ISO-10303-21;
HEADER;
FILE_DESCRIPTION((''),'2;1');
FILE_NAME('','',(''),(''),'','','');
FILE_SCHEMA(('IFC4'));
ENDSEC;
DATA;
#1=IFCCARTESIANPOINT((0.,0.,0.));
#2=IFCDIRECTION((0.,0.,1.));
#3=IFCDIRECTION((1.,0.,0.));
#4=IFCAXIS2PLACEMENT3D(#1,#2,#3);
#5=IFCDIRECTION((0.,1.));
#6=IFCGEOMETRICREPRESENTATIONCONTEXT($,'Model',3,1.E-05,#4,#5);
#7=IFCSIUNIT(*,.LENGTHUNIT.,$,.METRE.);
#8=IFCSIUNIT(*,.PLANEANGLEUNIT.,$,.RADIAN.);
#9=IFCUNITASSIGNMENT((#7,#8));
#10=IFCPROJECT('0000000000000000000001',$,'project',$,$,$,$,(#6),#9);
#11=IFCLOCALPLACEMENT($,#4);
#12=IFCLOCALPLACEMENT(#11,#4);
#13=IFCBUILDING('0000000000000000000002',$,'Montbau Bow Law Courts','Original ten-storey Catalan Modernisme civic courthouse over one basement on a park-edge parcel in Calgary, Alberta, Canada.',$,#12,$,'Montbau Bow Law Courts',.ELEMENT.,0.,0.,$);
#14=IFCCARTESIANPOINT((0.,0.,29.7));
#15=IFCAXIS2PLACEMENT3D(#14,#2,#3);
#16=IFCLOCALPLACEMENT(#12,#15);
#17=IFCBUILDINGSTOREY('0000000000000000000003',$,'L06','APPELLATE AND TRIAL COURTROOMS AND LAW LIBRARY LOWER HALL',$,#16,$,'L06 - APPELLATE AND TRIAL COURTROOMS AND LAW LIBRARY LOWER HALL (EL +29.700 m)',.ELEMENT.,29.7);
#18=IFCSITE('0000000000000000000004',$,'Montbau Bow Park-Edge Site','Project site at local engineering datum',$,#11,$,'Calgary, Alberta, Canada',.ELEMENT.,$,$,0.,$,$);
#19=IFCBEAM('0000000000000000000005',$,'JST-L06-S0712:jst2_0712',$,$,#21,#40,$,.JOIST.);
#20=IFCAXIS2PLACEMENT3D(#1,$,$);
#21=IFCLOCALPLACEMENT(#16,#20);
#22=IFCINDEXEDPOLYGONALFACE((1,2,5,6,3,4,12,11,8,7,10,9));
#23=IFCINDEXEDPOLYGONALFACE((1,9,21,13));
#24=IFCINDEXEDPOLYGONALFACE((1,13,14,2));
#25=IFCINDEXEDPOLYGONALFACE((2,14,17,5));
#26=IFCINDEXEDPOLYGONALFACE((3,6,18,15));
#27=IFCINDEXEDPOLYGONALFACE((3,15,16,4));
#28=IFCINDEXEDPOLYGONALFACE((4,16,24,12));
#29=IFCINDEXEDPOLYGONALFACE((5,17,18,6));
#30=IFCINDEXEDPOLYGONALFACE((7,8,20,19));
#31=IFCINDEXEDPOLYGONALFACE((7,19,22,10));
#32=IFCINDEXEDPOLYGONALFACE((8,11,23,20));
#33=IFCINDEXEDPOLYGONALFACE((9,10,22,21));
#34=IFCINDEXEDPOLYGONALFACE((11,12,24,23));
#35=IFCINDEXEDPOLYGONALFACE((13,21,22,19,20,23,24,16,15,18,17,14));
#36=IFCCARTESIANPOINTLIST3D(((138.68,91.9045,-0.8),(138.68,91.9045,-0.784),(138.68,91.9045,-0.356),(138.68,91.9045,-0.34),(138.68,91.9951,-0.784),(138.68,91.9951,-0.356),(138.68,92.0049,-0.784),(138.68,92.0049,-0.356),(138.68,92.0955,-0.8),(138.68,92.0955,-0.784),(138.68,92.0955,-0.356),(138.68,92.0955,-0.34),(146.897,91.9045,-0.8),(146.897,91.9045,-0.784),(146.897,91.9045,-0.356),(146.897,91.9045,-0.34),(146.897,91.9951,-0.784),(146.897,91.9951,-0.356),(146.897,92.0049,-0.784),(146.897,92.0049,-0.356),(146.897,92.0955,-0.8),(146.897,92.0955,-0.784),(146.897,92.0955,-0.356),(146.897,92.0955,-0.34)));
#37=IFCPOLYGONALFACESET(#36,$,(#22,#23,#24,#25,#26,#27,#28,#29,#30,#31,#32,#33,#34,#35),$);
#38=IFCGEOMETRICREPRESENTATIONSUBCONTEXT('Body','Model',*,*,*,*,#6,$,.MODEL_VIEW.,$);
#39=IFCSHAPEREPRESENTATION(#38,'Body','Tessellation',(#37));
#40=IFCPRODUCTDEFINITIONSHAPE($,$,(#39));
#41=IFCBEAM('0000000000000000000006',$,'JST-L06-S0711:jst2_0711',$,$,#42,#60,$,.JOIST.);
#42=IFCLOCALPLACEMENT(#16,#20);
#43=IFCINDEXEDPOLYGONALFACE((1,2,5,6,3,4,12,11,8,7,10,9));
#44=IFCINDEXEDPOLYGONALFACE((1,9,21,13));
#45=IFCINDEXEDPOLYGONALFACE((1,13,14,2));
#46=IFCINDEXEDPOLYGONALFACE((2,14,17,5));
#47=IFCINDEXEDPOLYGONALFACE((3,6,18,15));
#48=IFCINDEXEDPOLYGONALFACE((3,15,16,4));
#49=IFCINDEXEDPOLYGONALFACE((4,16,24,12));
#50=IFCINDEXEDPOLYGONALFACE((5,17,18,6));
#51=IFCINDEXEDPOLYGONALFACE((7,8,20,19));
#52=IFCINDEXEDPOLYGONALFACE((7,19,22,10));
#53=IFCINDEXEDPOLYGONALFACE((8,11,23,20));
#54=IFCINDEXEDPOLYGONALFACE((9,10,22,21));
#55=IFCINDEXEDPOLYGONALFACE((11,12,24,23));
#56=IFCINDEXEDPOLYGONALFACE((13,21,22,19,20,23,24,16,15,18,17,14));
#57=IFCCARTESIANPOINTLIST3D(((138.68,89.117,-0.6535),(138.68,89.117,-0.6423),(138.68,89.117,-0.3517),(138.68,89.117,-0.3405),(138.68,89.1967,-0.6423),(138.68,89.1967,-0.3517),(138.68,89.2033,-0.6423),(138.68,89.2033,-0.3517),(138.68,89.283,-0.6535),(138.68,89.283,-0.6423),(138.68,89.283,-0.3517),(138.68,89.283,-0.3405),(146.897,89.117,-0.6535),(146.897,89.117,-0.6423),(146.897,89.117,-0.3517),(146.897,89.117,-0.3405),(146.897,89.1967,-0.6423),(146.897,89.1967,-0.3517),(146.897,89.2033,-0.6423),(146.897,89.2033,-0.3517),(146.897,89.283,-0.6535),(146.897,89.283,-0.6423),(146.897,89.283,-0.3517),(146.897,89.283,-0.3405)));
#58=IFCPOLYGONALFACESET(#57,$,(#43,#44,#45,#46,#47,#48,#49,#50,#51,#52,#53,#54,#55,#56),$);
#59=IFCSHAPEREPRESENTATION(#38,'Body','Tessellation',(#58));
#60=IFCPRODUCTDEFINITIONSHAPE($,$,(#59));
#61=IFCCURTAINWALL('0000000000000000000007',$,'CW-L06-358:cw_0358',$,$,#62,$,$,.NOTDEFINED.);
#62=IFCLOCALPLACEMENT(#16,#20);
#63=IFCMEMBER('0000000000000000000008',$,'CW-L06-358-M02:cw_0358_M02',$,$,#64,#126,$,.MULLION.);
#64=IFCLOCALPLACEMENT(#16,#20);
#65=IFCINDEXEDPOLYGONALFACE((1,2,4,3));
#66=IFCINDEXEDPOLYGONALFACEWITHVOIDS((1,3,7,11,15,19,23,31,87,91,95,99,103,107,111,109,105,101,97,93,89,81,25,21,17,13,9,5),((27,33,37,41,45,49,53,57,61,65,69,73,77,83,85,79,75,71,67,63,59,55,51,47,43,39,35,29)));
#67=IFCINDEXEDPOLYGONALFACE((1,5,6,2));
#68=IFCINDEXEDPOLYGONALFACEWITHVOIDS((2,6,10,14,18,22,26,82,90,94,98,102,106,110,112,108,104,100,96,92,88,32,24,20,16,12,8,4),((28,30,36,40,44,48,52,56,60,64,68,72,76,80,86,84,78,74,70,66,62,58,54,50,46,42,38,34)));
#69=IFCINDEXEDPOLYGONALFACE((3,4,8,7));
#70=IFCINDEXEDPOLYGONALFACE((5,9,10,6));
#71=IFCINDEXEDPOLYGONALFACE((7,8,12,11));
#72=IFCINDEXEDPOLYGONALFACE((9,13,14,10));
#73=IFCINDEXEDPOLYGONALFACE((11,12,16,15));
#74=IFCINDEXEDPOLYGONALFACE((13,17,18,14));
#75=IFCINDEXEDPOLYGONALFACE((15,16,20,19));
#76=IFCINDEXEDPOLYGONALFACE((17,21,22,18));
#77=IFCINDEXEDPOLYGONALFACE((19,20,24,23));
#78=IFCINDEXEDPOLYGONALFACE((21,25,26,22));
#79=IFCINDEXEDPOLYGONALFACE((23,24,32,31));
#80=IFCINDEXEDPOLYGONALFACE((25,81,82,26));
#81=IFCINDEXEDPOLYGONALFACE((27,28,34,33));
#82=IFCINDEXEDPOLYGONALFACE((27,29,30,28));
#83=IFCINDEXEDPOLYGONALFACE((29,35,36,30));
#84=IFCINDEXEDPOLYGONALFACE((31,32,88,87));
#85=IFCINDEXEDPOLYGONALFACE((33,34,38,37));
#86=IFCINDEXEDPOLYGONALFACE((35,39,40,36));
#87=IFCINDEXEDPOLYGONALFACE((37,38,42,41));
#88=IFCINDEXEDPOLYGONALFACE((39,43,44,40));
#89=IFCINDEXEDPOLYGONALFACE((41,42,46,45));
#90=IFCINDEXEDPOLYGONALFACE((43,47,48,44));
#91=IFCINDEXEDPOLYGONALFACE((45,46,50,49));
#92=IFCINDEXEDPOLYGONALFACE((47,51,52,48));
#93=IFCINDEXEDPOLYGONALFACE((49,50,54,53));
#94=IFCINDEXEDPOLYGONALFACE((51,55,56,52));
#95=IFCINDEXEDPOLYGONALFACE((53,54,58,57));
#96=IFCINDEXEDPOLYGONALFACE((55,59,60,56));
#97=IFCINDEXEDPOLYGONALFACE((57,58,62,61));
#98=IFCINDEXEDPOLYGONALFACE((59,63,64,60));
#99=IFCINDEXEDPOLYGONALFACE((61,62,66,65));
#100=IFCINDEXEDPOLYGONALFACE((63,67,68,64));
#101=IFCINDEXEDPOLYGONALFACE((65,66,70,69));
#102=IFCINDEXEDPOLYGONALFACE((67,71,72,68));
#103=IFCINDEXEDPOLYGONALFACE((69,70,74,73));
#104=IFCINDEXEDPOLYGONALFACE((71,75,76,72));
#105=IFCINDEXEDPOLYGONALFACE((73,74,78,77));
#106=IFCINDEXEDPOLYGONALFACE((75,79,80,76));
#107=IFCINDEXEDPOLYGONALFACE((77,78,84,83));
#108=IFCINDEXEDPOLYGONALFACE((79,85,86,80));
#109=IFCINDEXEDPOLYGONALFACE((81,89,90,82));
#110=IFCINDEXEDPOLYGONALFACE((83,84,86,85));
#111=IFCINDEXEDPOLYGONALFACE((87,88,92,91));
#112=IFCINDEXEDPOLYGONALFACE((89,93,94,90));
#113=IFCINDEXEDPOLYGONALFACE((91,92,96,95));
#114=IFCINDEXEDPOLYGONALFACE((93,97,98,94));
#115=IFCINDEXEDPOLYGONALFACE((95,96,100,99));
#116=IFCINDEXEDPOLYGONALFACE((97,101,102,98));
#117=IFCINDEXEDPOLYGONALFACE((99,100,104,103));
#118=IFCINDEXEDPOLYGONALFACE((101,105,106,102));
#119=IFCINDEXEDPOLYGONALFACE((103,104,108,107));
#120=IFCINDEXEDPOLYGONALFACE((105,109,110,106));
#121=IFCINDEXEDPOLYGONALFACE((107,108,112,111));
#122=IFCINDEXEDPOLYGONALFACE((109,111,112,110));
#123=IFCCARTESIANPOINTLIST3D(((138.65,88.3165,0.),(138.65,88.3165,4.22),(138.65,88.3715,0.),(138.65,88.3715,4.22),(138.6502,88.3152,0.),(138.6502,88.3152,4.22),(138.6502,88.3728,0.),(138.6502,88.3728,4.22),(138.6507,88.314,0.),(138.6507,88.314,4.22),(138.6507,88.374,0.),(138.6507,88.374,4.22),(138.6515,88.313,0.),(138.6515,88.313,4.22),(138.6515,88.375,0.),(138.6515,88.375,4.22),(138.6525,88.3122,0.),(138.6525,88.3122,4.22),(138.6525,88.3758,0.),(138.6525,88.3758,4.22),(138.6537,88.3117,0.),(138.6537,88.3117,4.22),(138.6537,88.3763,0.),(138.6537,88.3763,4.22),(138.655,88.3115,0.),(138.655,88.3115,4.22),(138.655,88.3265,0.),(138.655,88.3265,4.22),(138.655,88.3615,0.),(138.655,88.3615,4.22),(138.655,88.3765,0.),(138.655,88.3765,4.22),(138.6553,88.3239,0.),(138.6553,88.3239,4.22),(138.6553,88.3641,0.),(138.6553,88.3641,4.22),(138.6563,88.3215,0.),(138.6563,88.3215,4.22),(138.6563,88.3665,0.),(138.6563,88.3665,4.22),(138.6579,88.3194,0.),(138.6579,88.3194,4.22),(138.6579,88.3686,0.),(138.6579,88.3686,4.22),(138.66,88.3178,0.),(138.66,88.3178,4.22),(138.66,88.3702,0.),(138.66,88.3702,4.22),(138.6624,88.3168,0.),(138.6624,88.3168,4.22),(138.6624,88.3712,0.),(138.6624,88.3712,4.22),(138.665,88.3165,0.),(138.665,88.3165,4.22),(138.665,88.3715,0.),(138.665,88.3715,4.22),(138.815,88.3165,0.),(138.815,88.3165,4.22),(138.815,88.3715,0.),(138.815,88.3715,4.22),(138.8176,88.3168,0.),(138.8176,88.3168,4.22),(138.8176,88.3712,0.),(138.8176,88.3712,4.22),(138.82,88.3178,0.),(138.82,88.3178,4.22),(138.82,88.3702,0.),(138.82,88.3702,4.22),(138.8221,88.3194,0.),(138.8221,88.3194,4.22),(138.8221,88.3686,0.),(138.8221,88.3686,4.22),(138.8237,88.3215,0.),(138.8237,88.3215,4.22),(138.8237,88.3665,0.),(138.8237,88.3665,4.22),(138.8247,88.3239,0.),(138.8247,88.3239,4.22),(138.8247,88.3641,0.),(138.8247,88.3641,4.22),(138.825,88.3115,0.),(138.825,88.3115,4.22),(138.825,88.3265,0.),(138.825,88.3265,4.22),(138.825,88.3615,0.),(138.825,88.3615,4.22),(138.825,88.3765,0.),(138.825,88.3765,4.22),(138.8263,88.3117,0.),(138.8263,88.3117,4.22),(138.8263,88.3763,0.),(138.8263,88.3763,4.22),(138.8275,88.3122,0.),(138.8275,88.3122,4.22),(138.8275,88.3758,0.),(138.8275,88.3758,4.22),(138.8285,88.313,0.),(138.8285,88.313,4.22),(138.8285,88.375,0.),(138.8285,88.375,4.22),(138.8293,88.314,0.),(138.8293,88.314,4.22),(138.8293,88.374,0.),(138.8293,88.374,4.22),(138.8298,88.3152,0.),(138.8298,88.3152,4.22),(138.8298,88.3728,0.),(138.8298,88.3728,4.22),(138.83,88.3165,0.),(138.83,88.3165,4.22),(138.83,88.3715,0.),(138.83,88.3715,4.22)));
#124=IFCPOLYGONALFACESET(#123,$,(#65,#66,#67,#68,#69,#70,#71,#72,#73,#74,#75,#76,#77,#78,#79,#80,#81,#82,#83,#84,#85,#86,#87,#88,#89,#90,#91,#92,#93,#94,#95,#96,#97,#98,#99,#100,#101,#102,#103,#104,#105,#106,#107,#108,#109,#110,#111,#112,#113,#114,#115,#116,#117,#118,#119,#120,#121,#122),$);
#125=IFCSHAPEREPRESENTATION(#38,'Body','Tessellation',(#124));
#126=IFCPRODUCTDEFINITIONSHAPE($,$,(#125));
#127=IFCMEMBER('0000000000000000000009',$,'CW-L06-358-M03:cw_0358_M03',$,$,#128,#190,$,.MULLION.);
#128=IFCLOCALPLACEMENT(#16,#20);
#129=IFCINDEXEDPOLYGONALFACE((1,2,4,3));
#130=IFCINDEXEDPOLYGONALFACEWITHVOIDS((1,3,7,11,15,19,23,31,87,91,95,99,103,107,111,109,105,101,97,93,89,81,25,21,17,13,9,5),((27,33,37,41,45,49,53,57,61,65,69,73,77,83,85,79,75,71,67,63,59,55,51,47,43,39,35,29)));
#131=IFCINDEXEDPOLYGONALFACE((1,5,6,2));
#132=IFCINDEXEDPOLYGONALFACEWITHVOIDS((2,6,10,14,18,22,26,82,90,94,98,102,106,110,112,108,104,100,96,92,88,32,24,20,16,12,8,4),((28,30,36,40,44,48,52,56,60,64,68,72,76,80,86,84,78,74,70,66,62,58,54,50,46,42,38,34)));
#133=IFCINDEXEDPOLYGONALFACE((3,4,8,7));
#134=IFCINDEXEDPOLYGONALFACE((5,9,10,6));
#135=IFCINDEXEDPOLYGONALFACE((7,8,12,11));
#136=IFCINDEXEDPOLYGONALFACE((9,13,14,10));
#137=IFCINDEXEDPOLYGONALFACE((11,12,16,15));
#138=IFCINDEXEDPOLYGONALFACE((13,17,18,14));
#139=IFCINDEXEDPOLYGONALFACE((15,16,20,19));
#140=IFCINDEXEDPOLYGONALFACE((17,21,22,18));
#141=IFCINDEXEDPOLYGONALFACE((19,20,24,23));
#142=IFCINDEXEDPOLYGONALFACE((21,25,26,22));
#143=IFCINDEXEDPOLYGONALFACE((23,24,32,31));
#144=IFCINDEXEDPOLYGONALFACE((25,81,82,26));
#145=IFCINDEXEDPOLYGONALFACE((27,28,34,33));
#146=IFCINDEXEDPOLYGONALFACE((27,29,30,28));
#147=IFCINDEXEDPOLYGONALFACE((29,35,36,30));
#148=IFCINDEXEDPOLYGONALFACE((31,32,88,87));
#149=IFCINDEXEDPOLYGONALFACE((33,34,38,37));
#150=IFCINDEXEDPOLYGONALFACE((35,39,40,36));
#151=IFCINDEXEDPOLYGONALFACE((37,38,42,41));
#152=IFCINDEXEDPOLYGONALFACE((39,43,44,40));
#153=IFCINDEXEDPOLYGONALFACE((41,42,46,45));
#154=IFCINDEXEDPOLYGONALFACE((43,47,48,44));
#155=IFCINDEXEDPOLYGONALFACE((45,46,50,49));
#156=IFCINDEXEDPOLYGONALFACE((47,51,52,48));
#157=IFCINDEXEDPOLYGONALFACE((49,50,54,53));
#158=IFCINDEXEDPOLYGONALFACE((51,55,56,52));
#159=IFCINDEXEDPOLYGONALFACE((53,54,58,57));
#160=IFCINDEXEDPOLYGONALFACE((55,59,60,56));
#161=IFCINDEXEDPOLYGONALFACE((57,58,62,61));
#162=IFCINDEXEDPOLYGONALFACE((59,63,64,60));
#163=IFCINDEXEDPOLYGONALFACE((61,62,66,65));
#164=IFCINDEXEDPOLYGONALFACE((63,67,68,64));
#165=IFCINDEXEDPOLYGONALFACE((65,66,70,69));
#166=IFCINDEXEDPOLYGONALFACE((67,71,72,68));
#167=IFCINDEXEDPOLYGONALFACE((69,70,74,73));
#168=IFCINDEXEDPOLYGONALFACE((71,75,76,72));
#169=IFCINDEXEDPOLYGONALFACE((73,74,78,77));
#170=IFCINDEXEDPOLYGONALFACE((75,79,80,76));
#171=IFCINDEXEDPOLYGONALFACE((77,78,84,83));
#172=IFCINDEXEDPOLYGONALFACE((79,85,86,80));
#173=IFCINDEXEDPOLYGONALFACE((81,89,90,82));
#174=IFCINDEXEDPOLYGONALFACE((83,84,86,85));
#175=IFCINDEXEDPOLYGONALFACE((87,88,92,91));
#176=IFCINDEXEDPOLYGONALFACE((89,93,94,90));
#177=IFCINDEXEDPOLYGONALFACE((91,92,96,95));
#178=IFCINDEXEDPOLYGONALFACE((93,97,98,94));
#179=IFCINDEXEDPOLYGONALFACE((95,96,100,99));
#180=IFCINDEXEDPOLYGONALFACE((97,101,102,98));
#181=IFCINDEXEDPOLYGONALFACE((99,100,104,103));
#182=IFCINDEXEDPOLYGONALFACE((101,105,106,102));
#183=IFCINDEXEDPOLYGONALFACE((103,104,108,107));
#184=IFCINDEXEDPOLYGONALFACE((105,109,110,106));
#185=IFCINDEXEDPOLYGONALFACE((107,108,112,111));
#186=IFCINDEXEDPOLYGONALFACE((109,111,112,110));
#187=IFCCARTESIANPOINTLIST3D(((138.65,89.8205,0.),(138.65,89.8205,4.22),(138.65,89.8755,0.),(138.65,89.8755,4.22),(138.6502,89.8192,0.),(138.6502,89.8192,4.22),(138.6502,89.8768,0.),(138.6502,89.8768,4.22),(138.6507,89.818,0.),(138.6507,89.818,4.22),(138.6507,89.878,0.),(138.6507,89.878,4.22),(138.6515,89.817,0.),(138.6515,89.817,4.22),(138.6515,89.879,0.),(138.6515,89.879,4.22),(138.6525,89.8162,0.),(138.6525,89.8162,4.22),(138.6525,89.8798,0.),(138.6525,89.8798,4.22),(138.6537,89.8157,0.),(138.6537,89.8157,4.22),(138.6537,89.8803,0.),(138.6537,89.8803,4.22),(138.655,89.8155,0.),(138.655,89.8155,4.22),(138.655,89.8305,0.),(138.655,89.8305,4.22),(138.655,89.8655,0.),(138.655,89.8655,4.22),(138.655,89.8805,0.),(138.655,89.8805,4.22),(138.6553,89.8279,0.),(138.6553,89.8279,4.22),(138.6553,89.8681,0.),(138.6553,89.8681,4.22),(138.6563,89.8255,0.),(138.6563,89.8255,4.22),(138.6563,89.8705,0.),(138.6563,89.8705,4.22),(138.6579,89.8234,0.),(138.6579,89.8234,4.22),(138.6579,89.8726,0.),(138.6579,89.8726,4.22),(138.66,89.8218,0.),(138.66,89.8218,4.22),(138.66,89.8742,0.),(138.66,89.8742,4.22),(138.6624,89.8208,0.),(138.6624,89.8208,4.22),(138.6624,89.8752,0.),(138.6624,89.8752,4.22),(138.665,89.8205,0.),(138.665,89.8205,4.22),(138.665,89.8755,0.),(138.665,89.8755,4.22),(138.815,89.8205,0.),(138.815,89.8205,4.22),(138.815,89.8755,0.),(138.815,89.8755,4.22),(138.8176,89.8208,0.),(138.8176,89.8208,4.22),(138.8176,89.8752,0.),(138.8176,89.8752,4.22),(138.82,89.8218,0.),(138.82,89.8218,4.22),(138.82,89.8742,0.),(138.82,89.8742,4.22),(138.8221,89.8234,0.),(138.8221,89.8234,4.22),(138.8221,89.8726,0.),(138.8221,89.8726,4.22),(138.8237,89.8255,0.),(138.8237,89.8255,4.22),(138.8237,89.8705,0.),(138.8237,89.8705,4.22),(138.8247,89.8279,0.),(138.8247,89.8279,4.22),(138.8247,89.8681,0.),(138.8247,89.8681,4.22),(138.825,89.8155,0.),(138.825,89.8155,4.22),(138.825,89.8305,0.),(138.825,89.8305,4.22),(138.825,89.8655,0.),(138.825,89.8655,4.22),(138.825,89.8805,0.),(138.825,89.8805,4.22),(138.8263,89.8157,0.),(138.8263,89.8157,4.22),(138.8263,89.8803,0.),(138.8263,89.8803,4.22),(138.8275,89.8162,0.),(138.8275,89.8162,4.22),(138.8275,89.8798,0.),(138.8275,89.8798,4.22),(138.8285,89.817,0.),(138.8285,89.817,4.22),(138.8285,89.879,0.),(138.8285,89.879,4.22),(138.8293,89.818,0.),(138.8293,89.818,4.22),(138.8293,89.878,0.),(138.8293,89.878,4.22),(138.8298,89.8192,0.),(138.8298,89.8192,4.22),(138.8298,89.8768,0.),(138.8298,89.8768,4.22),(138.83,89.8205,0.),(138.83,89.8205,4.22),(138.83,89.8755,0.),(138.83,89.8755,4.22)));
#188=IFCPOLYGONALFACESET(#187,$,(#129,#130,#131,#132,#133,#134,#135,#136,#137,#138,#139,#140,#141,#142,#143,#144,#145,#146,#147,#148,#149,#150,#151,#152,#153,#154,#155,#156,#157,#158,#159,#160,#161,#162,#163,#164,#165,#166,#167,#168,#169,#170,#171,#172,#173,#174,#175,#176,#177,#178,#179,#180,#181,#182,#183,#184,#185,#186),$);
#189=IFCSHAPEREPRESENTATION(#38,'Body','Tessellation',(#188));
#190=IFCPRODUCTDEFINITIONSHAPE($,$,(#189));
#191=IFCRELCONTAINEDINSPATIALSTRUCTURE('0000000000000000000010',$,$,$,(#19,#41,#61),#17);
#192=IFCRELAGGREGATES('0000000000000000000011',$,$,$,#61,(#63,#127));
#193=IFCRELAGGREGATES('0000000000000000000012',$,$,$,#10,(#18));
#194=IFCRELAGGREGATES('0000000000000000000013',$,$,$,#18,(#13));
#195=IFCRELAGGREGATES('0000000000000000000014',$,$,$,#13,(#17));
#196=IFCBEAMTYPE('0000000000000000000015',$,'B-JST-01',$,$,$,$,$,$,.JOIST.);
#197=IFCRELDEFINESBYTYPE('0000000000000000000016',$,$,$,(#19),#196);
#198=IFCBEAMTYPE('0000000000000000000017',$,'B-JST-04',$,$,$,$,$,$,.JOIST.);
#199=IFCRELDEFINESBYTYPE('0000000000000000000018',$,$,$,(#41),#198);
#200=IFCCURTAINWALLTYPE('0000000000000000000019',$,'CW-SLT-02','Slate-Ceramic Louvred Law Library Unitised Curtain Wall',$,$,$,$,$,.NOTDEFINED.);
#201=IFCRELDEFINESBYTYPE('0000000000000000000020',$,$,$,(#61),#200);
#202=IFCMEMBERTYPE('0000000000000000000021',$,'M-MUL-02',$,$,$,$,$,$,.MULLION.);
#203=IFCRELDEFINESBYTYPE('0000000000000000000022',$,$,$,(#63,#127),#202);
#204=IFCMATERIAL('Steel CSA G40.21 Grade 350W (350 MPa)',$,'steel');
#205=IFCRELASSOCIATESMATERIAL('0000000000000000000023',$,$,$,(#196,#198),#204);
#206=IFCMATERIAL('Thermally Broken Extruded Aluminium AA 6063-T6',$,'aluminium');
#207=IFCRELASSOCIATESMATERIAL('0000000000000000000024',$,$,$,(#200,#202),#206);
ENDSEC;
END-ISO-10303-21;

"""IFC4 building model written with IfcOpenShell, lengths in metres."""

from ifc_helpers import new_model, si_unit, direction, frame, origin_with_axes, origin_2d_with_axis, place, context, subcontext, project, spatial, hollow_rectangle, i_section, extrude, material, material_profile, profile_set, type_object, element, aggregate, save


model = new_model("IFC4")

# Units and contexts
model_context = context("Model", 3, precision=1e-05, world=origin_with_axes(), true_north=direction((0.0, 1.0)))
body_context = subcontext(model_context, "Body", "Model", "MODEL_VIEW")
ifc_project = project(units=[si_unit("LENGTHUNIT", "METRE"), si_unit("PLANEANGLEUNIT", "RADIAN")], contexts=[model_context])

# Site, building, storey
site_placement = place(None, origin_with_axes())
site = spatial("IfcSite", under=ifc_project, at=site_placement, Name="Montbau Bow Park-Edge Site", Description="Project site at local engineering datum", LongName="Calgary, Alberta, Canada", CompositionType="ELEMENT", RefElevation=0.0)
building_placement = place(site_placement, origin_with_axes())
building = spatial("IfcBuilding", under=site, at=building_placement, Name="Montbau Bow Law Courts", Description="Original ten-storey Catalan Modernisme civic courthouse over one basement on a park-edge parcel in Calgary, Alberta, Canada.", LongName="Montbau Bow Law Courts", CompositionType="ELEMENT", ElevationOfRefHeight=0.0, ElevationOfTerrain=0.0)
storey_placement = place(building_placement, frame((0.0, 0.0, 29.7), z_axis=(0.0, 0.0, 1.0), x_axis=(1.0, 0.0, 0.0)))
storey = spatial("IfcBuildingStorey", under=building, at=storey_placement, Name="L06", Description="APPELLATE AND TRIAL COURTROOMS AND LAW LIBRARY LOWER HALL", LongName="L06 - APPELLATE AND TRIAL COURTROOMS AND LAW LIBRARY LOWER HALL (EL +29.700 m)", CompositionType="ELEMENT", Elevation=29.7)

# Beams
ifc_material_1 = material(Name="Steel CSA G40.21 Grade 350W (350 MPa)", Category="steel")
ifc_material_profile_1 = material_profile(ifc_material_1, i_section(OverallWidth=0.191, OverallDepth=0.46, WebThickness=0.0099, FlangeThickness=0.016, at=origin_2d_with_axis()), Name="W460X82", Category="Main", Priority=0)
ifc_profile_set_1 = profile_set([ifc_material_profile_1], Name="Steel CSA G40.21 Grade 350W (350 MPa)")
beam_type_1 = type_object("IfcBeamType", Name="B-JST-01", PredefinedType="JOIST", material=ifc_profile_set_1)
beam_1_placement = place(None, frame((138.68, 92.0, 29.13), z_axis=(1.0, 0.0, 0.0), x_axis=(0.0, 1.0, 0.0)))
element("IfcBeam", 1, at=beam_1_placement, inside=storey, type_object=beam_type_1, Name="JST-L06-S0712:jst2_0712", PredefinedType="JOIST", context=body_context, shape_type="SweptSolid", body=[
    extrude(i_section(OverallWidth=0.191, OverallDepth=0.46, WebThickness=0.0099, FlangeThickness=0.016, at=origin_2d_with_axis()), origin_with_axes(), (0.0, 0.0, 1.0), 8.217),
])
ifc_material_profile_2 = material_profile(ifc_material_1, i_section(OverallWidth=0.166, OverallDepth=0.313, WebThickness=0.0066, FlangeThickness=0.0112, at=origin_2d_with_axis()), Name="W310X45", Category="Main", Priority=0)
ifc_profile_set_2 = profile_set([ifc_material_profile_2], Name="Steel CSA G40.21 Grade 350W (350 MPa)")
beam_type_2 = type_object("IfcBeamType", Name="B-JST-04", PredefinedType="JOIST", material=ifc_profile_set_2)
beam_2_placement = place(None, frame((138.68, 89.2, 29.203), z_axis=(1.0, 0.0, 0.0), x_axis=(0.0, 1.0, 0.0)))
element("IfcBeam", 2, at=beam_2_placement, inside=storey, type_object=beam_type_2, Name="JST-L06-S0711:jst2_0711", PredefinedType="JOIST", context=body_context, shape_type="SweptSolid", body=[
    extrude(i_section(OverallWidth=0.166, OverallDepth=0.313, WebThickness=0.0066, FlangeThickness=0.0112, at=origin_2d_with_axis()), origin_with_axes(), (0.0, 0.0, 1.0), 8.217),
])

# Curtain wall, members
ifc_material_2 = material(Name="Thermally Broken Extruded Aluminium AA 6063-T6", Category="aluminium")
curtain_wall_type = type_object("IfcCurtainWallType", Name="CW-SLT-02", Description="Slate-Ceramic Louvred Law Library Unitised Curtain Wall", PredefinedType="NOTDEFINED", material=ifc_material_2)
curtain_wall_placement = place(None, frame((138.74, 86.84, 29.7), z_axis=(0.0, 0.0, 1.0), x_axis=(1.0, 0.0, 0.0)))
curtain_wall = element("IfcCurtainWall", 3, at=curtain_wall_placement, inside=storey, type_object=curtain_wall_type, Name="CW-L06-358:cw_0358", PredefinedType="NOTDEFINED")
ifc_material_profile_3 = material_profile(ifc_material_2, hollow_rectangle(XDim=0.065, YDim=0.18, WallThickness=0.005, InnerFilletRadius=0.01, OuterFilletRadius=0.005, at=origin_2d_with_axis()), Name="CWM-180X65", Category="Main", Priority=0)
ifc_profile_set_3 = profile_set([ifc_material_profile_3], Name="Thermally Broken Extruded Aluminium AA 6063-T6")
member_type = type_object("IfcMemberType", Name="M-MUL-02", PredefinedType="MULLION", material=ifc_profile_set_3)
member_1_placement = place(None, frame((138.74, 88.344, 29.7), z_axis=(0.0, 0.0, 1.0), x_axis=(0.0, 1.0, 0.0)))
member_1 = element("IfcMember", 4, at=member_1_placement, type_object=member_type, Name="CW-L06-358-M02:cw_0358_M02", PredefinedType="MULLION", context=body_context, shape_type="SweptSolid", body=[
    extrude(hollow_rectangle(XDim=0.065, YDim=0.18, WallThickness=0.005, InnerFilletRadius=0.01, OuterFilletRadius=0.005, at=origin_2d_with_axis()), origin_with_axes(), (0.0, 0.0, 1.0), 4.22),
])
member_2_placement = place(None, frame((138.74, 89.848, 29.7), z_axis=(0.0, 0.0, 1.0), x_axis=(0.0, 1.0, 0.0)))
member_2 = element("IfcMember", 5, at=member_2_placement, type_object=member_type, Name="CW-L06-358-M03:cw_0358_M03", PredefinedType="MULLION", context=body_context, shape_type="SweptSolid", body=[
    extrude(hollow_rectangle(XDim=0.065, YDim=0.18, WallThickness=0.005, InnerFilletRadius=0.01, OuterFilletRadius=0.005, at=origin_2d_with_axis()), origin_with_axes(), (0.0, 0.0, 1.0), 4.22),
])
aggregate(curtain_wall, [member_1, member_2])

save(model, "model.ifc")
